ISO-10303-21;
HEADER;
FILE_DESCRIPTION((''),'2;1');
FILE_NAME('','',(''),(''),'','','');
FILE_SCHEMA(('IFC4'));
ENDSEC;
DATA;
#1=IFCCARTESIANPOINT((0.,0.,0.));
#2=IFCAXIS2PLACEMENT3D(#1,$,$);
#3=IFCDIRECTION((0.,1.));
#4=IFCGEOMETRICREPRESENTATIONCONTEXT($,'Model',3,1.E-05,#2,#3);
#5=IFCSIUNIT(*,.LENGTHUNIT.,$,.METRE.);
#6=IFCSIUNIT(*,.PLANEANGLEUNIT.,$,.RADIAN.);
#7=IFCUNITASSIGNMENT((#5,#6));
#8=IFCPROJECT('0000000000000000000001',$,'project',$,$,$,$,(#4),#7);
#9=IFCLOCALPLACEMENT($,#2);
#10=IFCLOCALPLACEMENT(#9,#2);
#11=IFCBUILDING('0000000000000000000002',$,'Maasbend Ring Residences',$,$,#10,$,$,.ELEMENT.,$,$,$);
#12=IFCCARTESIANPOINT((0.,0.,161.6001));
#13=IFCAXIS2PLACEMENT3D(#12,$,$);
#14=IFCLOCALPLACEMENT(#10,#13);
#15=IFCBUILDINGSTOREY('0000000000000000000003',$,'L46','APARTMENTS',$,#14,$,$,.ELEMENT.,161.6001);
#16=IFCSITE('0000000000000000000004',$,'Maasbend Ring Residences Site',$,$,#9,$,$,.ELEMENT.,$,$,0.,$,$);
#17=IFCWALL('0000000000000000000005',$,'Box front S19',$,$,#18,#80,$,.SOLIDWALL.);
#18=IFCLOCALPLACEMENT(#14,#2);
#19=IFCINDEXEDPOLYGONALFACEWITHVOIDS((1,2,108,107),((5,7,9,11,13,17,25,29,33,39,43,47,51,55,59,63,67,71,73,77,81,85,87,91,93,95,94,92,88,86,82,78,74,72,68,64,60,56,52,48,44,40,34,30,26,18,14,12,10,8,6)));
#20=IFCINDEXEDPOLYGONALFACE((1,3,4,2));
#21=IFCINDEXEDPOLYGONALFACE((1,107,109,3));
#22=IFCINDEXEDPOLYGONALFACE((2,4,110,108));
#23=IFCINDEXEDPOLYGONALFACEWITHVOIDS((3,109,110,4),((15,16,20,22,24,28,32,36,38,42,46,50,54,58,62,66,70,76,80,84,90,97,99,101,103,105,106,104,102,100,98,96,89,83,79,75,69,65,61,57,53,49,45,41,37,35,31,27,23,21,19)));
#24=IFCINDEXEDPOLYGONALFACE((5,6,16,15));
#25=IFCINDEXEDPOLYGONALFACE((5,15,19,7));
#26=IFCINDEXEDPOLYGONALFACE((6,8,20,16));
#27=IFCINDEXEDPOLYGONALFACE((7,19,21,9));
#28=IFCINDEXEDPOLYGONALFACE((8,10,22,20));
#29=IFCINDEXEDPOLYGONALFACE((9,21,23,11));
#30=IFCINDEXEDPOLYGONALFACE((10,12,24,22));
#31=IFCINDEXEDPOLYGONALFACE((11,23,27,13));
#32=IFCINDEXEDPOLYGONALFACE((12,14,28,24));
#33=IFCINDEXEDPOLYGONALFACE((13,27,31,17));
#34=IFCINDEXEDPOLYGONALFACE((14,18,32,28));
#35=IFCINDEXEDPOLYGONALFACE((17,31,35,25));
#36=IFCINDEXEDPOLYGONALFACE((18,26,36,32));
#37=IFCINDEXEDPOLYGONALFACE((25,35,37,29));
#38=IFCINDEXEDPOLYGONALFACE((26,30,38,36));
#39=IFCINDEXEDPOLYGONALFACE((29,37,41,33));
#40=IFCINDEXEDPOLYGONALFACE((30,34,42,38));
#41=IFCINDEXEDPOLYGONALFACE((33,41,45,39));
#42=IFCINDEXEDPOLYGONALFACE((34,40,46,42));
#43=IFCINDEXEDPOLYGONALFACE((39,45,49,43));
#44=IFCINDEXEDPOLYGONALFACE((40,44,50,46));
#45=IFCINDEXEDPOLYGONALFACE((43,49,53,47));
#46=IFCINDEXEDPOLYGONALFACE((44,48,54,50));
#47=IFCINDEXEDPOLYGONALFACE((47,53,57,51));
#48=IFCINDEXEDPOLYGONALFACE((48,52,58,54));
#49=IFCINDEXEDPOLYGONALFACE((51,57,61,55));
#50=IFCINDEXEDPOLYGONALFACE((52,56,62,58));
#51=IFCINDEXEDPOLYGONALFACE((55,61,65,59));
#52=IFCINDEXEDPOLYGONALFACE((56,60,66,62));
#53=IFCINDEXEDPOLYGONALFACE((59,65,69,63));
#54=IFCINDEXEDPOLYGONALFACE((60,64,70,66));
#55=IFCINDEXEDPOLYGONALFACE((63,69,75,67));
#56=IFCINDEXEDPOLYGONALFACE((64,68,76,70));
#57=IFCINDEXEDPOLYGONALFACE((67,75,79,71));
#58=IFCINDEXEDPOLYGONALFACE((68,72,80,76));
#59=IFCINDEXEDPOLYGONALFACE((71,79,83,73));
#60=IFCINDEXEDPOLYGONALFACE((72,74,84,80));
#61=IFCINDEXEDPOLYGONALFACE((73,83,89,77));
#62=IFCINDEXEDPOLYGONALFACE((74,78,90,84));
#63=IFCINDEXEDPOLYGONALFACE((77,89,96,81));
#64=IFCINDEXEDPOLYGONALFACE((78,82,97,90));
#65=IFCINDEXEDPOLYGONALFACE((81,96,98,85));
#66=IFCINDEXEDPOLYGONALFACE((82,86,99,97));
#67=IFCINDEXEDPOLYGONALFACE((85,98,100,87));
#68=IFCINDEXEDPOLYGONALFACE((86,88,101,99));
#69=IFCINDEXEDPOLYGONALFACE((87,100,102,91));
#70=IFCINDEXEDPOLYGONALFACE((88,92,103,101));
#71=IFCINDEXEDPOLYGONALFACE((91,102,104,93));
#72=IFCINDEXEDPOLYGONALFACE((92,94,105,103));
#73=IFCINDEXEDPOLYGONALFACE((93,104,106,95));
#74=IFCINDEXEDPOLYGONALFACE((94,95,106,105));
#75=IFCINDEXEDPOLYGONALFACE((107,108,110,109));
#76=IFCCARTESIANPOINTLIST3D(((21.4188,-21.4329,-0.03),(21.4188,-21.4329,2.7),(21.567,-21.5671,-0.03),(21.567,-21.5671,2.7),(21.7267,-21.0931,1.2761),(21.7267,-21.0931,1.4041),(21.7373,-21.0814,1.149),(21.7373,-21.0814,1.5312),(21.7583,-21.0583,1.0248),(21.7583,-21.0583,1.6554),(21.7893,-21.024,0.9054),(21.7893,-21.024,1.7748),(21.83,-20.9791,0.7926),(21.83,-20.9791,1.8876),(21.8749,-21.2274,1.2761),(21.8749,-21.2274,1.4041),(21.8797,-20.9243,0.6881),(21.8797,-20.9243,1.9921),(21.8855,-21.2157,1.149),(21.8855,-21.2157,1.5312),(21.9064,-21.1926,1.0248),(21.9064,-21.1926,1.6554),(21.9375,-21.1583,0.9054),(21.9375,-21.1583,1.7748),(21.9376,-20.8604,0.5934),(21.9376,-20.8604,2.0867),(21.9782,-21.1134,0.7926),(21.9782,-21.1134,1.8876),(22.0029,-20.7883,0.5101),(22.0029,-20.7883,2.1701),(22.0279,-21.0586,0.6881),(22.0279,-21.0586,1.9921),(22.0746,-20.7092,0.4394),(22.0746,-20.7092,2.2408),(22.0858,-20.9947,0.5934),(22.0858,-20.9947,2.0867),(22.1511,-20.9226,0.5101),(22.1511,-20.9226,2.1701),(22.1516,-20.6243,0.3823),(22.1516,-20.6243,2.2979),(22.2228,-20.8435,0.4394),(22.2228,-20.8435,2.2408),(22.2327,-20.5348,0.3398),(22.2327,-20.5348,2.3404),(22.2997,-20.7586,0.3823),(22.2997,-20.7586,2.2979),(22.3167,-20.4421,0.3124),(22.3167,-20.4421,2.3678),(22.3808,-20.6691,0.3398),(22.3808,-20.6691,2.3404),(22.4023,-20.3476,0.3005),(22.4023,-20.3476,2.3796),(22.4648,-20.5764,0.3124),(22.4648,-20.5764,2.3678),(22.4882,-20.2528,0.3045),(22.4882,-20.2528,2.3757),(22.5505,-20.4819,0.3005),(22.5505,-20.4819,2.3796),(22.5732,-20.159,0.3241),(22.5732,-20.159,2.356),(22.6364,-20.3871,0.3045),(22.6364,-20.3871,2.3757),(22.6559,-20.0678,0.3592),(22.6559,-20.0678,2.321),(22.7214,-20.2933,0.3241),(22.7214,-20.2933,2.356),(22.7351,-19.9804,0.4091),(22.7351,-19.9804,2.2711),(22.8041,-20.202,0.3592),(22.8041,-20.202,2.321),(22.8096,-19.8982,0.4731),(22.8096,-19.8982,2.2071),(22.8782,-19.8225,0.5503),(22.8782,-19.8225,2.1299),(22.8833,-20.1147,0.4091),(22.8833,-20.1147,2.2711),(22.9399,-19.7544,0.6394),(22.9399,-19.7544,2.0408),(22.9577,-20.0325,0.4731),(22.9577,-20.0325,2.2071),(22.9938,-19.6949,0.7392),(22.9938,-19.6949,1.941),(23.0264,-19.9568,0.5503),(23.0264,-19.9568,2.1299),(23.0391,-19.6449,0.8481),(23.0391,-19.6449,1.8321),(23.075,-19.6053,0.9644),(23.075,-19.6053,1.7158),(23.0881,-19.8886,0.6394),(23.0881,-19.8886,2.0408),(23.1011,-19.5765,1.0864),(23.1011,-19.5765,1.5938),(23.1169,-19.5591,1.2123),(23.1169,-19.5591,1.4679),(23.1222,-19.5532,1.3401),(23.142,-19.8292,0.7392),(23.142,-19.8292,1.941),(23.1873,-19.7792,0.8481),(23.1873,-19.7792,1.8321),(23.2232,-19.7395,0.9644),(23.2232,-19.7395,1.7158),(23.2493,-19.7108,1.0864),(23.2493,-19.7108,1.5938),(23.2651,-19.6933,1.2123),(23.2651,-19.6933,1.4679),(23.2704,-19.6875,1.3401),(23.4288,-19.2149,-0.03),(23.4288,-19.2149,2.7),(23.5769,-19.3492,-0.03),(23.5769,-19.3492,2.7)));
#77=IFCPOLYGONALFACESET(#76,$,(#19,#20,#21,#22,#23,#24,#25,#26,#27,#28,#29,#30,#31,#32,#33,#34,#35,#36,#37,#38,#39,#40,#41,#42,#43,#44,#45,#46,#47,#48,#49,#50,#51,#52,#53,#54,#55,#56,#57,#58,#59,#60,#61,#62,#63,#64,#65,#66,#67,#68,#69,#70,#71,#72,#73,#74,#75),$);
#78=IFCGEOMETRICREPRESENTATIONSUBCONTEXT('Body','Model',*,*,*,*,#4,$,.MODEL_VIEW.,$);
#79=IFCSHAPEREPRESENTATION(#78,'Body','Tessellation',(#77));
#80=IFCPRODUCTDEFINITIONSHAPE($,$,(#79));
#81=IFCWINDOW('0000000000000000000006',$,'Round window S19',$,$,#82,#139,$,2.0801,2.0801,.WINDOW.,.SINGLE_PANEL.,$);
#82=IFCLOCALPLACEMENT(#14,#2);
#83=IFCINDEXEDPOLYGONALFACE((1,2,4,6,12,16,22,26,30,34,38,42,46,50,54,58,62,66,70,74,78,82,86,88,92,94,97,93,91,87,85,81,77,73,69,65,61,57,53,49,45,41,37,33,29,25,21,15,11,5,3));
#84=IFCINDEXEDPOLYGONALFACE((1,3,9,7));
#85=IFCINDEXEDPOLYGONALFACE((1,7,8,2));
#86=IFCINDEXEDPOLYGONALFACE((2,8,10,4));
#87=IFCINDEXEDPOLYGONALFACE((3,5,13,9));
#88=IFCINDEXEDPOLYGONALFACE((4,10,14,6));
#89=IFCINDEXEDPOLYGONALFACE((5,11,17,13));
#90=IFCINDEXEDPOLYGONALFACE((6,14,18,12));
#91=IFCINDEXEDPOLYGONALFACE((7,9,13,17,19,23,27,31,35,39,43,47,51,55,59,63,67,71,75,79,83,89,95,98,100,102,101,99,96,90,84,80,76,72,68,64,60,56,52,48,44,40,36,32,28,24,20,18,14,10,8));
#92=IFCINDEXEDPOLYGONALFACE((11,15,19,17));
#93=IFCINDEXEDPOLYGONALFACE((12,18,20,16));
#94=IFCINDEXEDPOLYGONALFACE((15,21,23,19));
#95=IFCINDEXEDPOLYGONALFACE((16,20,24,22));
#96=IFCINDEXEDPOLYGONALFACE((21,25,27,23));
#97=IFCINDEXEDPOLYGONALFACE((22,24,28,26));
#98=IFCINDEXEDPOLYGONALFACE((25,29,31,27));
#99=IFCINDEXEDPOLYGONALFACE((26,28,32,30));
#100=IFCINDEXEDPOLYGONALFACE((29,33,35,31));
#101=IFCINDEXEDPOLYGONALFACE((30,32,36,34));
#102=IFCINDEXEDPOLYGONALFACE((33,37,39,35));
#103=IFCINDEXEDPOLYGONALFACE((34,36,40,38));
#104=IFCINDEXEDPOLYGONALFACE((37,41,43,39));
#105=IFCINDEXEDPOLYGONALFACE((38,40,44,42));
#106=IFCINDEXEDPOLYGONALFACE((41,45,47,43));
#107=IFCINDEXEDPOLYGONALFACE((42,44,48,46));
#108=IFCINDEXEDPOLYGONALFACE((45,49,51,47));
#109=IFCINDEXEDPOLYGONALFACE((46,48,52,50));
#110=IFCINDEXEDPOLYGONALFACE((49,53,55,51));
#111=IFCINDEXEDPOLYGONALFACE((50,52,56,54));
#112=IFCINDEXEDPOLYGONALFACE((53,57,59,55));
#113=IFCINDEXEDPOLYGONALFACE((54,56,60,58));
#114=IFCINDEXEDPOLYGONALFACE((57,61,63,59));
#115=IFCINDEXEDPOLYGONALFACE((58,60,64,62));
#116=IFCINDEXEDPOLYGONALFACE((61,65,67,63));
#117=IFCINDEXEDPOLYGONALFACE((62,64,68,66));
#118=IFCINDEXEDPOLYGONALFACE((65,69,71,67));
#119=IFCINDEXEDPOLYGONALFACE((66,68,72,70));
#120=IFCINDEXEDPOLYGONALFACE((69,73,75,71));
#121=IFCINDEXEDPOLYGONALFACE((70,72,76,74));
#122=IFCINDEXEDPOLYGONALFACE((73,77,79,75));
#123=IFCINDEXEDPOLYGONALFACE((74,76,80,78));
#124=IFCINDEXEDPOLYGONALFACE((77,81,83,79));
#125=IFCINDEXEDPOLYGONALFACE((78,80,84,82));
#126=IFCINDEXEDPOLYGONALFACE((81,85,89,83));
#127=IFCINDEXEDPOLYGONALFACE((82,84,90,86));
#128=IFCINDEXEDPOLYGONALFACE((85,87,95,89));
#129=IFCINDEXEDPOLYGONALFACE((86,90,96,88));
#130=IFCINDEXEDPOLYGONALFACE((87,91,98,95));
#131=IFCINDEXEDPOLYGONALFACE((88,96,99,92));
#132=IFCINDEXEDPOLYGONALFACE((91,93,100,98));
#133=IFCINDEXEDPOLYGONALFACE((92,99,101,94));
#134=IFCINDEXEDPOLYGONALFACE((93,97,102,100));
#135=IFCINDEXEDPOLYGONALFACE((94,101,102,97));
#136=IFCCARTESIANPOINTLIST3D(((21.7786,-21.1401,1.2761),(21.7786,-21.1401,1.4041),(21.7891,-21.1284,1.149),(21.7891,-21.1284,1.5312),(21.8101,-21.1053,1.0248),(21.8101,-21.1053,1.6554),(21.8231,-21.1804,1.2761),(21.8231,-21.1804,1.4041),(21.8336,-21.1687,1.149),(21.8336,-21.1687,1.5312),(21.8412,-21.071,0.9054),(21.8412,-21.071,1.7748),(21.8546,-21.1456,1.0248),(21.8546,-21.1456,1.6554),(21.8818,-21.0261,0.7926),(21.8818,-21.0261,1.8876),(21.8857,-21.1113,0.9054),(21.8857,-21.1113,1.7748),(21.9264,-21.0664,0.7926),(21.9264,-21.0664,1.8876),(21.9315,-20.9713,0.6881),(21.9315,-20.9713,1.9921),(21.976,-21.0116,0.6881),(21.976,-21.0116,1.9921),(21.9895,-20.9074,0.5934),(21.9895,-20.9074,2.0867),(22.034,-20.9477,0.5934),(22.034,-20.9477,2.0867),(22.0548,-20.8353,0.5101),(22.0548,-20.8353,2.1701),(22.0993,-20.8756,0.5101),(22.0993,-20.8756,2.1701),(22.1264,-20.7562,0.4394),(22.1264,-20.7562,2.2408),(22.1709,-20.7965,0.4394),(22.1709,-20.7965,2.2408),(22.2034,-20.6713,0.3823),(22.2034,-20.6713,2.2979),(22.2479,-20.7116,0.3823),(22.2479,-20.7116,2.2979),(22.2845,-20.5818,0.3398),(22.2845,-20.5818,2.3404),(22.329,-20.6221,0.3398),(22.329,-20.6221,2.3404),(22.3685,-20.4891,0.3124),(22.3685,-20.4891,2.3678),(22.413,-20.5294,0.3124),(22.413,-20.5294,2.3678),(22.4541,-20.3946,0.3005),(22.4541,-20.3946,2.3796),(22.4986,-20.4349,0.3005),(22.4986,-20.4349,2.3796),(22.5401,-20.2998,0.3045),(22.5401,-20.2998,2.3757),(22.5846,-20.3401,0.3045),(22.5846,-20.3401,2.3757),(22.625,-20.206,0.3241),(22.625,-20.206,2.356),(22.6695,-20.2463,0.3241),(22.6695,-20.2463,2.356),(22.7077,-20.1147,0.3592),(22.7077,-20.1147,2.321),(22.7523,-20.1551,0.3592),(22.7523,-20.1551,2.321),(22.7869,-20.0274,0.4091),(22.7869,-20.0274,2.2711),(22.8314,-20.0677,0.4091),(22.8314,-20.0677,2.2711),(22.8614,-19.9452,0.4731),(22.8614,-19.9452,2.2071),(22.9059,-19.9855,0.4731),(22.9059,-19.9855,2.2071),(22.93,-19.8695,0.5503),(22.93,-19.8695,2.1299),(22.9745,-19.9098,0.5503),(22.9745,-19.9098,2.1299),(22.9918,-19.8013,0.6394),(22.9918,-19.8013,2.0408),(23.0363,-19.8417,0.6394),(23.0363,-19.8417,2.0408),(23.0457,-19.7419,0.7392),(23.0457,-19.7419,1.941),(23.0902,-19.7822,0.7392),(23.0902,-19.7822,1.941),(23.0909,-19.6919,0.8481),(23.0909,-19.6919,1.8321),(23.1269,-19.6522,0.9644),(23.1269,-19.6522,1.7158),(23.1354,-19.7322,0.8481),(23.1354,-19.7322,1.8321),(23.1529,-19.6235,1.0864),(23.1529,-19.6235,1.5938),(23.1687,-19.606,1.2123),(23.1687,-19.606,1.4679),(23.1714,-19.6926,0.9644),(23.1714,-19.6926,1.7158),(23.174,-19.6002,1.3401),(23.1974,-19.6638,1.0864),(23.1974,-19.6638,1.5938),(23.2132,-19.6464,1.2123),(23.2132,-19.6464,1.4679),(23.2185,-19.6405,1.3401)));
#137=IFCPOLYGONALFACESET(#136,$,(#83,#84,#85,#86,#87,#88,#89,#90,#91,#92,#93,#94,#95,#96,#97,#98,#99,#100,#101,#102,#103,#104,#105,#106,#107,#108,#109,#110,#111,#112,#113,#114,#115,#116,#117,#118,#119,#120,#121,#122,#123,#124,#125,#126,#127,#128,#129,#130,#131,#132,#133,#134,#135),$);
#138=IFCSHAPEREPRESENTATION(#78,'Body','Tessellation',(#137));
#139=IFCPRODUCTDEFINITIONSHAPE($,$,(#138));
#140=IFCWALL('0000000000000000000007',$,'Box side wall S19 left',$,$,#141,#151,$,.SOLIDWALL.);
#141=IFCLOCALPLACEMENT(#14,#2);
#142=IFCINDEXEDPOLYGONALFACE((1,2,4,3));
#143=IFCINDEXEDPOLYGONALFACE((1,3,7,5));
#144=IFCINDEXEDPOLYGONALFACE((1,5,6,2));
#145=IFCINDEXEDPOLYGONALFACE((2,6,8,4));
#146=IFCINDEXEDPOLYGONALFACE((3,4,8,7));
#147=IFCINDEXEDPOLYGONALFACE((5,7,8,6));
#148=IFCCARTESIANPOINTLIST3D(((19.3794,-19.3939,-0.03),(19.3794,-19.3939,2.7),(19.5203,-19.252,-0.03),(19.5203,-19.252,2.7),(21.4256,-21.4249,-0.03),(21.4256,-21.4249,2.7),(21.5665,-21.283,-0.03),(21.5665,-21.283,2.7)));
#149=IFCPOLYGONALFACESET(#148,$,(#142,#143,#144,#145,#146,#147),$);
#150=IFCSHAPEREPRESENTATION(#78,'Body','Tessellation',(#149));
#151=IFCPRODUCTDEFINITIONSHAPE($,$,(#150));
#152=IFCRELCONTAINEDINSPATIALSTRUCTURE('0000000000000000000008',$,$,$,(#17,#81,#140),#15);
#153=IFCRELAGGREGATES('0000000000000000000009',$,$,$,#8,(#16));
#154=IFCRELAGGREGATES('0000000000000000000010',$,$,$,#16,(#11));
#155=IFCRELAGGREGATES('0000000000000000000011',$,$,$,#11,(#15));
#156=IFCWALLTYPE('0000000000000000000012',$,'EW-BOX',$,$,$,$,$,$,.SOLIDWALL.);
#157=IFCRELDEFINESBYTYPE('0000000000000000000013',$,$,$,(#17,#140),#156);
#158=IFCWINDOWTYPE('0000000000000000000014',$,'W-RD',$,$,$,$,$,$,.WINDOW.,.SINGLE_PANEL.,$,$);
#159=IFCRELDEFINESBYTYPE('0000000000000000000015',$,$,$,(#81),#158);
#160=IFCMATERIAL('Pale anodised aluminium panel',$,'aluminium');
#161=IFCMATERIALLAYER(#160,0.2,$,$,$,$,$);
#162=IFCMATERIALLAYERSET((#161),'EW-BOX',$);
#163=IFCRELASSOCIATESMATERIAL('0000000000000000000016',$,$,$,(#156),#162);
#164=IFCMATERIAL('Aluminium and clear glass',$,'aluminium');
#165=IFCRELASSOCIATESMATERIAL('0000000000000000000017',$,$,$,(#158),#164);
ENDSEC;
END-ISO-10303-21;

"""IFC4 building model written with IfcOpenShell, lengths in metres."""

from ifc_helpers import new_model, si_unit, direction, frame, frame_2d, origin, place, context, subcontext, project, spatial, rectangle, circle, extrude, material, layer, layer_set, type_object, element, fill, save


model = new_model("IFC4")

# Units and contexts
model_context = context("Model", 3, precision=1e-05, world=origin(), true_north=direction((0.0, 1.0)))
body_context = subcontext(model_context, "Body", "Model", "MODEL_VIEW")
ifc_project = project(units=[si_unit("LENGTHUNIT", "METRE"), si_unit("PLANEANGLEUNIT", "RADIAN")], contexts=[model_context])

# Site, building, storey
site_placement = place(None, origin())
site = spatial("IfcSite", under=ifc_project, at=site_placement, Name="Maasbend Ring Residences Site", CompositionType="ELEMENT", RefElevation=0.0)
building_placement = place(site_placement, origin())
building = spatial("IfcBuilding", under=site, at=building_placement, Name="Maasbend Ring Residences", CompositionType="ELEMENT")
storey_placement = place(building_placement, frame((0.0, 0.0, 161.6001)))
storey = spatial("IfcBuildingStorey", under=building, at=storey_placement, Name="L46", Description="APARTMENTS", CompositionType="ELEMENT", Elevation=161.6001)

# Shared definitions
ifc_material_1 = material(Name="Pale anodised aluminium panel", Category="aluminium")
ifc_layer_1 = layer(ifc_material_1, 0.2)
ifc_layer_set_1 = layer_set([ifc_layer_1], Name="EW-BOX")
wall_type_1 = type_object("IfcWallType", Name="EW-BOX", PredefinedType="SOLIDWALL", material=ifc_layer_set_1)
ifc_material_2 = material(Name="Aluminium and clear glass", Category="aluminium")
window_type_1 = type_object("IfcWindowType", Name="W-RD", PartitioningType="SINGLE_PANEL", PredefinedType="WINDOW", material=ifc_material_2)

# Wall, opening, window
wall_1_placement = place(storey_placement, frame((21.4929, -21.5, -0.03), z_axis=(0.0, 0.0, 1.0), x_axis=(0.671507, 0.740998, 0.0)))
wall_1 = element("IfcWall", 1, at=wall_1_placement, inside=storey, type_object=wall_type_1, Name="Box front S19", PredefinedType="SOLIDWALL", context=body_context, shape_type="SweptSolid", body=[
    extrude(rectangle(XDim=2.9932, YDim=0.2, at=frame_2d((1.4966, 0.0))), origin(), (0.0, 0.0, 1.0), 2.73),
])
opening_1_placement = place(wall_1_placement, frame((0.4565, 0.0, 0.3301)))
opening_1 = element("IfcOpeningElement", 2, at=opening_1_placement, cuts=wall_1, PredefinedType="OPENING", context=body_context, shape_type="SweptSolid", body=[
    extrude(circle(Radius=1.04, at=frame_2d((1.04, 1.04))), frame((0.0, 0.1099, 0.0), z_axis=(0.0, -1.0, 0.0), x_axis=(1.0, 0.0, 0.0)), (0.0, 0.0, 1.0), 0.22),
])
window_1_placement = place(opening_1_placement, origin())
window_1 = element("IfcWindow", 3, at=window_1_placement, inside=storey, type_object=window_type_1, Name="Round window S19", OverallHeight=2.0801, OverallWidth=2.0801, PartitioningType="SINGLE_PANEL", PredefinedType="WINDOW", context=body_context, shape_type="SweptSolid", body=[
    extrude(circle(Radius=1.04, at=frame_2d((1.04, 1.04))), frame((0.0, 0.03, 0.0), z_axis=(0.0, -1.0, 0.0), x_axis=(1.0, 0.0, 0.0)), (0.0, 0.0, 1.0), 0.0601),
])
fill(opening_1, window_1)

# Wall
wall_2_placement = place(storey_placement, frame((19.45, -19.323, -0.03), z_axis=(0.0, 0.0, 1.0), x_axis=(0.709727, -0.704477, 0.0)))
element("IfcWall", 4, at=wall_2_placement, inside=storey, type_object=wall_type_1, Name="Box side wall S19 left", PredefinedType="SOLIDWALL", context=body_context, shape_type="SweptSolid", body=[
    extrude(rectangle(XDim=2.8831, YDim=0.2, at=frame_2d((1.4414, 0.0))), origin(), (0.0, 0.0, 1.0), 2.73),
])

save(model, "model.ifc")
